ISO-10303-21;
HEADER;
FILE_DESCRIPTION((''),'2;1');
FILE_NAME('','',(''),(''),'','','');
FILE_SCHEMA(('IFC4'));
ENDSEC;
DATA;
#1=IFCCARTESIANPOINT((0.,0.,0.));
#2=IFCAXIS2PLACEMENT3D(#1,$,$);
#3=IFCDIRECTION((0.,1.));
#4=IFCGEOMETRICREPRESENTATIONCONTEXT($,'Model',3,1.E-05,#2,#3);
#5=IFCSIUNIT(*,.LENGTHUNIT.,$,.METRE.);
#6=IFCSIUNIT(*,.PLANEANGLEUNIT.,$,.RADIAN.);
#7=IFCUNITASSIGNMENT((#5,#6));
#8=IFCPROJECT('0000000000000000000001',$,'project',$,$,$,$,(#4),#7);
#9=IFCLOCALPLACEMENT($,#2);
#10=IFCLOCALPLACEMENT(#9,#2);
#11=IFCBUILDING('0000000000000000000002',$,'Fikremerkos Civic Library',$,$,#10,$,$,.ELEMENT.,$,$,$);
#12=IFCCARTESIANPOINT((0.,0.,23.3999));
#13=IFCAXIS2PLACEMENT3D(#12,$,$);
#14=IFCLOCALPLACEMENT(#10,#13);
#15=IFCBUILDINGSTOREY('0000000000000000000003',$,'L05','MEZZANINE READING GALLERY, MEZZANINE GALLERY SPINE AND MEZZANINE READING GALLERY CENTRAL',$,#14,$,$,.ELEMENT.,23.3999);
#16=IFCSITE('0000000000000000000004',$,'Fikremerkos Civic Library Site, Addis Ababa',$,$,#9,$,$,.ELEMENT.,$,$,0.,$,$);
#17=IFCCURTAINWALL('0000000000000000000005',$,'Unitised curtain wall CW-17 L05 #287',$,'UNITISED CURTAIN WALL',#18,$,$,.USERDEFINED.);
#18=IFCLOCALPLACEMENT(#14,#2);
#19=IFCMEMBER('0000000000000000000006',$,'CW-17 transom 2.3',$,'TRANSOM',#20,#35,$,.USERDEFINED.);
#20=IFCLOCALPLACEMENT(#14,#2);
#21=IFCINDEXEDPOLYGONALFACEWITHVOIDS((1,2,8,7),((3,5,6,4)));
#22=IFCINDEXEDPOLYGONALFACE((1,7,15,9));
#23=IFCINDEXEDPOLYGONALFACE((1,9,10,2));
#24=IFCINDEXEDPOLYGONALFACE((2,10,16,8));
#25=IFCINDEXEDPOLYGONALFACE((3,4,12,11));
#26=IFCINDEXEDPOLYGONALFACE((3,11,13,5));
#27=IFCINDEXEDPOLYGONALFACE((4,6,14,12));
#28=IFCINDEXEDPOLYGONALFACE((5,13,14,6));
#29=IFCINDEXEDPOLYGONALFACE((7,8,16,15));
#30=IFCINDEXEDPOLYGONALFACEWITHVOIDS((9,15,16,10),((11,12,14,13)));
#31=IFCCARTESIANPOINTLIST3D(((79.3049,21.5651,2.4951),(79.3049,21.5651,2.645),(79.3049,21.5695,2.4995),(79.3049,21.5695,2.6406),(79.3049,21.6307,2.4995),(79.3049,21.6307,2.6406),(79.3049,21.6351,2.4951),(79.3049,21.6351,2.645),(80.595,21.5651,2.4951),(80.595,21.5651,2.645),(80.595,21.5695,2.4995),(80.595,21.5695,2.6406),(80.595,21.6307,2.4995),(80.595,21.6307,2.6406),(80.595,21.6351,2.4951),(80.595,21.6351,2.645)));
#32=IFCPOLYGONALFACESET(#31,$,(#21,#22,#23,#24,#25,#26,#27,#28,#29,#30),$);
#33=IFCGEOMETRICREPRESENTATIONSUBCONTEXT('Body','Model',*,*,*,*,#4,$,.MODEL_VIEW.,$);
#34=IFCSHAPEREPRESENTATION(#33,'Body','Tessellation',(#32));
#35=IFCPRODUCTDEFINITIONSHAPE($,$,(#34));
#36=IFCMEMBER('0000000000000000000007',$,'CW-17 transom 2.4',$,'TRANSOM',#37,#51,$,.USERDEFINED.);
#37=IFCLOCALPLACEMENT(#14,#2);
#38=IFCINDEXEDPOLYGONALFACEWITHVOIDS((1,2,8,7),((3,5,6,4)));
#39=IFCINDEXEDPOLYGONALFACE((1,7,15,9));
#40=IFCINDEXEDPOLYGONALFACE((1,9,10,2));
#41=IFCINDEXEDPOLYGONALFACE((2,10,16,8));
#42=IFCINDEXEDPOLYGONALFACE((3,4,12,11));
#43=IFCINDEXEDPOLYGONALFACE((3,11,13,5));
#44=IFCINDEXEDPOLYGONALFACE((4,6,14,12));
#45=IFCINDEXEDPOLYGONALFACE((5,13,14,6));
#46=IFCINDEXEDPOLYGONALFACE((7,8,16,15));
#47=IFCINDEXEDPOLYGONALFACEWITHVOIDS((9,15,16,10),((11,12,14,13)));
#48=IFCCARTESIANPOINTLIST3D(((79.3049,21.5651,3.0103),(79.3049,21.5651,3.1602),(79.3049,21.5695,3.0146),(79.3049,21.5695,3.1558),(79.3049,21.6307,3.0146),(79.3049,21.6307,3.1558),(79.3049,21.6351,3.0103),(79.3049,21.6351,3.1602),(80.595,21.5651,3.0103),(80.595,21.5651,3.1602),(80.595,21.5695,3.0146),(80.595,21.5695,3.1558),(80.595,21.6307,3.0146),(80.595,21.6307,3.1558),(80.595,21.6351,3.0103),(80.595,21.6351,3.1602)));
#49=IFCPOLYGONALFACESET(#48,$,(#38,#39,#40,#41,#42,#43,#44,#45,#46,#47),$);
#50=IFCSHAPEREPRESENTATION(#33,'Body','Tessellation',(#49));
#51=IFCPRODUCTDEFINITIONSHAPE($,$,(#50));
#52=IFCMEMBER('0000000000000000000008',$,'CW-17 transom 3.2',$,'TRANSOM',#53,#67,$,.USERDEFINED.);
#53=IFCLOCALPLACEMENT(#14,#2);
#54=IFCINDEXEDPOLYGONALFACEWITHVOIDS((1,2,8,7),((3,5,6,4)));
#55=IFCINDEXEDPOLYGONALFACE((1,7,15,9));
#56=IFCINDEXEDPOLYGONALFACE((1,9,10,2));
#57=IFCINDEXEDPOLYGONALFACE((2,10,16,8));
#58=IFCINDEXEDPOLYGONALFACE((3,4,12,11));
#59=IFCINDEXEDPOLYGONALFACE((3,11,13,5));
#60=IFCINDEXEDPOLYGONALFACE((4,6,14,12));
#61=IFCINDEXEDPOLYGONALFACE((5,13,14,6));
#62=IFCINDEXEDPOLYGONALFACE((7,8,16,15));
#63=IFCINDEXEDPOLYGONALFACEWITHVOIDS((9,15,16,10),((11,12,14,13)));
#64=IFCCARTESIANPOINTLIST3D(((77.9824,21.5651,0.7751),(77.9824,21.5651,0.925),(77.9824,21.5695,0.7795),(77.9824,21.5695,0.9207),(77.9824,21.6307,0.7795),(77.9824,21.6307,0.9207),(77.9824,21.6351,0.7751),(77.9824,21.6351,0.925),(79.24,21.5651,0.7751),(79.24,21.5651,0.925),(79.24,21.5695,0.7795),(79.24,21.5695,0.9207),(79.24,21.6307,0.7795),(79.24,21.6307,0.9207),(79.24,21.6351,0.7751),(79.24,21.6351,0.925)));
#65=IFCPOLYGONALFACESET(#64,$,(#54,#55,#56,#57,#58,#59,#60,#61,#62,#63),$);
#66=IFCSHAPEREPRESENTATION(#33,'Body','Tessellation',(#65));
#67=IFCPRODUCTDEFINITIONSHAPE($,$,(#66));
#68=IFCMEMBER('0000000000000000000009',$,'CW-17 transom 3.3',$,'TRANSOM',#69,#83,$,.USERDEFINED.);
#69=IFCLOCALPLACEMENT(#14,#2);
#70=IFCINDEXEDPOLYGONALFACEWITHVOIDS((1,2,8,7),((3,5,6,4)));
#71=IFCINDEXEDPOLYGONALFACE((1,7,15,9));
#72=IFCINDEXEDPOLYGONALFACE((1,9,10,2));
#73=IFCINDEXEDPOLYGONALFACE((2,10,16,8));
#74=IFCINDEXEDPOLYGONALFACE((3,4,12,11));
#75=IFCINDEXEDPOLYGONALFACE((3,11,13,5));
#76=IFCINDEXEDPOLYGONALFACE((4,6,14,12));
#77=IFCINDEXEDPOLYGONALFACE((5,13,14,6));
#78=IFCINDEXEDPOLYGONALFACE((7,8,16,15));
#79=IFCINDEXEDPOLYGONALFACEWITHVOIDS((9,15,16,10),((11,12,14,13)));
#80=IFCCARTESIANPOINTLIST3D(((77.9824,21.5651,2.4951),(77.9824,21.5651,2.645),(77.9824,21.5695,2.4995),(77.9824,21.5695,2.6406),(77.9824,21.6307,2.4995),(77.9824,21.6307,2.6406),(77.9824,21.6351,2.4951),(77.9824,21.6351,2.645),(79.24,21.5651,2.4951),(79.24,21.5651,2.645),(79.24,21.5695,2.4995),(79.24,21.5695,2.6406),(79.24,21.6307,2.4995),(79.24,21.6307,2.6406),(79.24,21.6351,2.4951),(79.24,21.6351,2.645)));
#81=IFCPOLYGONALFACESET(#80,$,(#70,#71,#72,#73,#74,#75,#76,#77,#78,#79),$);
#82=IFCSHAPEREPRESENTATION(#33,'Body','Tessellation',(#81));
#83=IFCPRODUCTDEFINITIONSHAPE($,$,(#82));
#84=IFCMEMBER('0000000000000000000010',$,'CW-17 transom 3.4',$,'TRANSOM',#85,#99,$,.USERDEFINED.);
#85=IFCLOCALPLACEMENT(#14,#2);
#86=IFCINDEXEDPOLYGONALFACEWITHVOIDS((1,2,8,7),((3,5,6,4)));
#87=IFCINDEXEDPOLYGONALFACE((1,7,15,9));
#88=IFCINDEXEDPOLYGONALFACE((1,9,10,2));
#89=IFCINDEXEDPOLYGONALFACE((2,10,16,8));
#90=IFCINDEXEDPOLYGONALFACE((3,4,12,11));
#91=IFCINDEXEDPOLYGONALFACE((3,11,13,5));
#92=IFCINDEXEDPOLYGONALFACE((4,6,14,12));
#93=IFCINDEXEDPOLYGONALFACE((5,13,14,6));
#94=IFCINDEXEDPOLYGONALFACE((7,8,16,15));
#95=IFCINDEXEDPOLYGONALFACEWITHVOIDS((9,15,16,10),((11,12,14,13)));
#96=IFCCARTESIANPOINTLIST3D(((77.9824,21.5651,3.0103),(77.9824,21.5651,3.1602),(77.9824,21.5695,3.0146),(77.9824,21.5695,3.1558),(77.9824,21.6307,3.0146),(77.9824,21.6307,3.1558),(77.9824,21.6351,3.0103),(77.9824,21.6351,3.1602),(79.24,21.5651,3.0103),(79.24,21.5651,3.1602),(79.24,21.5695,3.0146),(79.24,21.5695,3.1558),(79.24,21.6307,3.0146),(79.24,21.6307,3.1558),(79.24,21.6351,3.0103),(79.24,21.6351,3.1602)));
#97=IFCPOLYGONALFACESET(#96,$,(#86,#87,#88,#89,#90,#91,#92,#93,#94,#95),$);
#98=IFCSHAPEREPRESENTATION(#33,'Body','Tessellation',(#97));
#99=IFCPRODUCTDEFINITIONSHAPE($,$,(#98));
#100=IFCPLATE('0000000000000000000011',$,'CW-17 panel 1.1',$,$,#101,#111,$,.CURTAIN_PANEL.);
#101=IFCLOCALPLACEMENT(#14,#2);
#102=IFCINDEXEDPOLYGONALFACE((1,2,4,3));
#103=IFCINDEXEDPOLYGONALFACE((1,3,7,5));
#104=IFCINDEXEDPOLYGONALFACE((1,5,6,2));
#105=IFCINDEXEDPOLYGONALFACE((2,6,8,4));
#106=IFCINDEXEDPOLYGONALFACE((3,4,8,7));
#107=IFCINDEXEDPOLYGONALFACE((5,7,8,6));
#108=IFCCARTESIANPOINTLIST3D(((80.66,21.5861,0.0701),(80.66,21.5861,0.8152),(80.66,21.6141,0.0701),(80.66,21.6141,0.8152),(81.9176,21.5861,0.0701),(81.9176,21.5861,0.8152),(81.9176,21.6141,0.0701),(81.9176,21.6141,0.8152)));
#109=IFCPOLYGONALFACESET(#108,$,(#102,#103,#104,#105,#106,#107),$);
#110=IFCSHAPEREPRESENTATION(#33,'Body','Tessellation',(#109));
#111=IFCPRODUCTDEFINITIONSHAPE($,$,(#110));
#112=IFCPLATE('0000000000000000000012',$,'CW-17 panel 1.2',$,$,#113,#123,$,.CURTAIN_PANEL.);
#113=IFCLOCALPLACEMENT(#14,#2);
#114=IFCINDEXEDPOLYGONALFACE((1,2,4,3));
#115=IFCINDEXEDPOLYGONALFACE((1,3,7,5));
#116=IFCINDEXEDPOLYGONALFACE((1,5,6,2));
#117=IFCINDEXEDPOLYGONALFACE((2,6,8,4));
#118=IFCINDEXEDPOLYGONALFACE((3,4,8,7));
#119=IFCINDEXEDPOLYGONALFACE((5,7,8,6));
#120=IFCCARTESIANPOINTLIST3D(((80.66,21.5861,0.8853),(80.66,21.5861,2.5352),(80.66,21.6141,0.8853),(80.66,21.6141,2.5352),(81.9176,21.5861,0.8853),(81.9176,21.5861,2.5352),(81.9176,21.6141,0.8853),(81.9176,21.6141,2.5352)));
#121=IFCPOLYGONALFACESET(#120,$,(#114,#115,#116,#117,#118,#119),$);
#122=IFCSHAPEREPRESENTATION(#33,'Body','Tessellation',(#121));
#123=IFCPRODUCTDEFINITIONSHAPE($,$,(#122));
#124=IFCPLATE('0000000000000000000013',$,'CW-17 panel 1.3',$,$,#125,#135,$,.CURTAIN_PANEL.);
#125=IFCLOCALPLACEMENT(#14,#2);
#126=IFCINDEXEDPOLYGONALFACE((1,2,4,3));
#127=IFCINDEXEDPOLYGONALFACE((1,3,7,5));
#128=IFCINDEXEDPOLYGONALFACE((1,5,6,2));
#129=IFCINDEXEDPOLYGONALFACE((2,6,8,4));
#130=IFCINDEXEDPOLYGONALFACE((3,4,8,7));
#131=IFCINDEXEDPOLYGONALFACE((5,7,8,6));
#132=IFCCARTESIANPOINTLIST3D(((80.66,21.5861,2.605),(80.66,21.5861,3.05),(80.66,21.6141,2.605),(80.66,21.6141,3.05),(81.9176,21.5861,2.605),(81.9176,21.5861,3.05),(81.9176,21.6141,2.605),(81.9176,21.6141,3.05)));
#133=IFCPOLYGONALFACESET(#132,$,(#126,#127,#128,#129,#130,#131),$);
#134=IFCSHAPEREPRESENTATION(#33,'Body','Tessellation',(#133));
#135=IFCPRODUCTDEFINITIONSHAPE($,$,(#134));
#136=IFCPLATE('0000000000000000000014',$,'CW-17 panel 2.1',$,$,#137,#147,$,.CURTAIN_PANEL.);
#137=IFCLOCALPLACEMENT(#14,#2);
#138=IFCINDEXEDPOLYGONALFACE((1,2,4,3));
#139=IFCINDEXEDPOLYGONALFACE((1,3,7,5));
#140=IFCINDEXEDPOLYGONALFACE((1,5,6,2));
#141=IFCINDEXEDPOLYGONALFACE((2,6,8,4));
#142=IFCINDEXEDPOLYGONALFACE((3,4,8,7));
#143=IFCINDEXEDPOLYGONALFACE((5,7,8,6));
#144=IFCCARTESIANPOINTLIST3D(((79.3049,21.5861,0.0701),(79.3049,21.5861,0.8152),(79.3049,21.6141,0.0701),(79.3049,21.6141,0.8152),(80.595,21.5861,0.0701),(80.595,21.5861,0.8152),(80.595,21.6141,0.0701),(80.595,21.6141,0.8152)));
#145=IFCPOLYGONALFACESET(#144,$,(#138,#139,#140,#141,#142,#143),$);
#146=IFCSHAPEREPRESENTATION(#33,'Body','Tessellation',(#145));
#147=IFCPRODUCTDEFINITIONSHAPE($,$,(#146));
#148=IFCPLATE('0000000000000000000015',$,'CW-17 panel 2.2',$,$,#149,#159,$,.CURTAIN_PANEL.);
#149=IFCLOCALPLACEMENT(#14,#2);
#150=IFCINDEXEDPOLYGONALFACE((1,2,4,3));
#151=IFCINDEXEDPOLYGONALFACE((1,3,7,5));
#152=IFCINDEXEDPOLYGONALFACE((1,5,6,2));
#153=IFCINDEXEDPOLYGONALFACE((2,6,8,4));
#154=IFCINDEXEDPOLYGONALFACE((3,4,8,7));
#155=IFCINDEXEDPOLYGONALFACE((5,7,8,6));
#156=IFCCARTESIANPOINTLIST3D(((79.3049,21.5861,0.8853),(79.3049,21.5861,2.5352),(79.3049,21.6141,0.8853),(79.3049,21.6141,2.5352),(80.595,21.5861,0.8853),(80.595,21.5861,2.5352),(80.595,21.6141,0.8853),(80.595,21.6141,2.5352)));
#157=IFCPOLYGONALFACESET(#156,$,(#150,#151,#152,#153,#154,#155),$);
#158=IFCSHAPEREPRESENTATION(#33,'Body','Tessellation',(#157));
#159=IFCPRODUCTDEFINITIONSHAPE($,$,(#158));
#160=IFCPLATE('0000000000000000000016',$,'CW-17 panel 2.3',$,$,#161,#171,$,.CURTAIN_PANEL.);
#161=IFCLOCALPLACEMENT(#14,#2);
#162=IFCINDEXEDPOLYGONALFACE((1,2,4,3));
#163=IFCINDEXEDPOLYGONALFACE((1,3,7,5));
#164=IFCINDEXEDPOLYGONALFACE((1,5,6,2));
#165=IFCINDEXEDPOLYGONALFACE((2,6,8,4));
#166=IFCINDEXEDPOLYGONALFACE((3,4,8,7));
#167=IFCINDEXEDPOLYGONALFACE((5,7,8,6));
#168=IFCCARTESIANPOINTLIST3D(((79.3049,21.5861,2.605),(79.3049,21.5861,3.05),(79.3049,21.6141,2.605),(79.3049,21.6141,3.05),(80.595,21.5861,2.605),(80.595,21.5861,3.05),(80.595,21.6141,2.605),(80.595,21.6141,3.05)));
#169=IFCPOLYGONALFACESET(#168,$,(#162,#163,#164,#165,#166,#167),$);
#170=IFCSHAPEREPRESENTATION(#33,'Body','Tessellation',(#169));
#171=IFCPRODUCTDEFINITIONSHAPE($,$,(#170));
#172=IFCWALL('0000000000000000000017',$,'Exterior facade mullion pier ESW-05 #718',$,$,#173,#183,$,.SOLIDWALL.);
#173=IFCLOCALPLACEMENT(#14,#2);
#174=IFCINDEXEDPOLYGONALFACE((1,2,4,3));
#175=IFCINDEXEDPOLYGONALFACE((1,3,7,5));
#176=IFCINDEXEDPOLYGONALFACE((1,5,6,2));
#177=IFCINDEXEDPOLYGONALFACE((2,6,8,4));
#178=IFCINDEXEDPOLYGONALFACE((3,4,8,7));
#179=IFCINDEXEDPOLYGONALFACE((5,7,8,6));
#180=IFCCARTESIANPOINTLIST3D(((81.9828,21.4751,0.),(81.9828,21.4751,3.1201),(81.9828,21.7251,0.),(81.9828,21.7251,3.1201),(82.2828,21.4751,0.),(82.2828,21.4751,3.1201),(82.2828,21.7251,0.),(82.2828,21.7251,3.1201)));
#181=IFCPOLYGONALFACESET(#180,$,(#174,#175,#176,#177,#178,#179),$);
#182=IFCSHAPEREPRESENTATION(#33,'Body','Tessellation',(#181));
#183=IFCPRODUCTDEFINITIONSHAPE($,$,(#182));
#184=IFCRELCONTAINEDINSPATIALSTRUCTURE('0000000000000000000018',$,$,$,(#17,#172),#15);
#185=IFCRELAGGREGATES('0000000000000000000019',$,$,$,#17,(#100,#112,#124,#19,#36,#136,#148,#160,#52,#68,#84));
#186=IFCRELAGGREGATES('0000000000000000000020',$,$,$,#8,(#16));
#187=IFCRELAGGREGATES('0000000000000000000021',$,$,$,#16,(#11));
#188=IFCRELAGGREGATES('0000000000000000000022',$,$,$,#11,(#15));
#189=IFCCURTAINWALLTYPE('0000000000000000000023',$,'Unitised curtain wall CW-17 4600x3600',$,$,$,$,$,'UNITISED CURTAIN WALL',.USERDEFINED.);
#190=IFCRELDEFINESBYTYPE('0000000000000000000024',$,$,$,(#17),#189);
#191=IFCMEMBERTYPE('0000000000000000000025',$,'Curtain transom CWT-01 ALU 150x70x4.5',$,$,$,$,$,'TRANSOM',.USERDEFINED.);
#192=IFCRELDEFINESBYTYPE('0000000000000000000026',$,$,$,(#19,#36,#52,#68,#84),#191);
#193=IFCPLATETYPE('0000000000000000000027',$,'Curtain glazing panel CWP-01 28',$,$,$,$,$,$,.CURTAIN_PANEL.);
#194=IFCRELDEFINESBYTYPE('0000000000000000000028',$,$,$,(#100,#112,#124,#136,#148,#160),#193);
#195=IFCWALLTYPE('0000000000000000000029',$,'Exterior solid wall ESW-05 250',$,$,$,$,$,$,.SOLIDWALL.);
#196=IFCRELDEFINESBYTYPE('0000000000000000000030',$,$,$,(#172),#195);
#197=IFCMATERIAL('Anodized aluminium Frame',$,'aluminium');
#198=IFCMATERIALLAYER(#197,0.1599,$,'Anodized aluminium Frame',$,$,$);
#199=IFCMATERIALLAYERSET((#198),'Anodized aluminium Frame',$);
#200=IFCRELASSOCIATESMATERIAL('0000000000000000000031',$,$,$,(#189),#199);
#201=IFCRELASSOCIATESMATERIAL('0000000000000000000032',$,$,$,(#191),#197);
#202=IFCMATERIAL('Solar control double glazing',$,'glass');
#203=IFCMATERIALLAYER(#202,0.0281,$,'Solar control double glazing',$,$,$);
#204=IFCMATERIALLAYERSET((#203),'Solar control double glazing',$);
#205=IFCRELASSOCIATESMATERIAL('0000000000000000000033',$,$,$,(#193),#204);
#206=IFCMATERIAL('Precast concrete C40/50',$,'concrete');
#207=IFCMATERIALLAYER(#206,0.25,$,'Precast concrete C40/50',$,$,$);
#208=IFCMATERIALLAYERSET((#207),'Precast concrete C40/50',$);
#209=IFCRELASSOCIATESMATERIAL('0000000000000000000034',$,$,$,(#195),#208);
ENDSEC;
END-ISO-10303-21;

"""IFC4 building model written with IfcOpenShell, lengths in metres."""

from ifc_helpers import new_model, si_unit, direction, frame, frame_2d, origin, origin_2d, place, context, subcontext, project, spatial, rectangle, hollow_rectangle, extrude, material, layer, layer_set, material_profile, profile_set, type_object, element, aggregate, save


model = new_model("IFC4")

# Units and contexts
model_context = context("Model", 3, precision=1e-05, world=origin(), true_north=direction((0.0, 1.0)))
body_context = subcontext(model_context, "Body", "Model", "MODEL_VIEW")
ifc_project = project(units=[si_unit("LENGTHUNIT", "METRE"), si_unit("PLANEANGLEUNIT", "RADIAN")], contexts=[model_context])

# Site, building, storey
site_placement = place(None, origin())
site = spatial("IfcSite", under=ifc_project, at=site_placement, Name="Fikremerkos Civic Library Site, Addis Ababa", CompositionType="ELEMENT", RefElevation=0.0)
building_placement = place(site_placement, origin())
building = spatial("IfcBuilding", under=site, at=building_placement, Name="Fikremerkos Civic Library", CompositionType="ELEMENT")
storey_placement = place(building_placement, frame((0.0, 0.0, 23.3999)))
storey = spatial("IfcBuildingStorey", under=building, at=storey_placement, Name="L05", Description="MEZZANINE READING GALLERY, MEZZANINE GALLERY SPINE AND MEZZANINE READING GALLERY CENTRAL", CompositionType="ELEMENT", Elevation=23.3999)

# Curtain wall
ifc_material_1 = material(Name="Anodized aluminium Frame", Category="aluminium")
ifc_layer_1 = layer(ifc_material_1, 0.1599, Name="Anodized aluminium Frame")
ifc_layer_set_1 = layer_set([ifc_layer_1], Name="Anodized aluminium Frame")
curtain_wall_type_1 = type_object("IfcCurtainWallType", Name="Unitised curtain wall CW-17 4600x3600", ElementType="UNITISED CURTAIN WALL", PredefinedType="USERDEFINED", material=ifc_layer_set_1)
curtain_wall_1_placement = place(storey_placement, origin())
curtain_wall_1 = element("IfcCurtainWall", 1, at=curtain_wall_1_placement, inside=storey, type_object=curtain_wall_type_1, Name="Unitised curtain wall CW-17 L05 #287", ObjectType="UNITISED CURTAIN WALL", PredefinedType="USERDEFINED")

# Members
ifc_material_profile_1 = material_profile(ifc_material_1, hollow_rectangle(XDim=0.0701, YDim=0.1499, WallThickness=0.0044, at=origin_2d()), Name="ALU 150x70x4.5")
ifc_profile_set_1 = profile_set([ifc_material_profile_1], Name="Anodized aluminium Frame")
member_type_1 = type_object("IfcMemberType", Name="Curtain transom CWT-01 ALU 150x70x4.5", ElementType="TRANSOM", PredefinedType="USERDEFINED", material=ifc_profile_set_1)
member_1_placement = place(storey_placement, frame((80.595, 21.6001, 2.5701), z_axis=(-1.0, 0.0, 0.0), x_axis=(0.0, -1.0, 0.0)))
member_1 = element("IfcMember", 2, at=member_1_placement, type_object=member_type_1, Name="CW-17 transom 2.3", ObjectType="TRANSOM", PredefinedType="USERDEFINED", context=body_context, shape_type="SweptSolid", body=[
    extrude(hollow_rectangle(XDim=0.0701, YDim=0.1499, WallThickness=0.0044, at=origin_2d()), origin(), (0.0, 0.0, 1.0), 1.29),
])
member_2_placement = place(storey_placement, frame((80.595, 21.6001, 3.0852), z_axis=(-1.0, 0.0, 0.0), x_axis=(0.0, -1.0, 0.0)))
member_2 = element("IfcMember", 3, at=member_2_placement, type_object=member_type_1, Name="CW-17 transom 2.4", ObjectType="TRANSOM", PredefinedType="USERDEFINED", context=body_context, shape_type="SweptSolid", body=[
    extrude(hollow_rectangle(XDim=0.0701, YDim=0.1499, WallThickness=0.0044, at=origin_2d()), origin(), (0.0, 0.0, 1.0), 1.29),
])
member_3_placement = place(storey_placement, frame((79.24, 21.6001, 0.8501), z_axis=(-1.0, 0.0, 0.0), x_axis=(0.0, -1.0, 0.0)))
member_3 = element("IfcMember", 4, at=member_3_placement, type_object=member_type_1, Name="CW-17 transom 3.2", ObjectType="TRANSOM", PredefinedType="USERDEFINED", context=body_context, shape_type="SweptSolid", body=[
    extrude(hollow_rectangle(XDim=0.0701, YDim=0.1499, WallThickness=0.0044, at=origin_2d()), origin(), (0.0, 0.0, 1.0), 1.2576),
])
member_4_placement = place(storey_placement, frame((79.24, 21.6001, 2.5701), z_axis=(-1.0, 0.0, 0.0), x_axis=(0.0, -1.0, 0.0)))
member_4 = element("IfcMember", 5, at=member_4_placement, type_object=member_type_1, Name="CW-17 transom 3.3", ObjectType="TRANSOM", PredefinedType="USERDEFINED", context=body_context, shape_type="SweptSolid", body=[
    extrude(hollow_rectangle(XDim=0.0701, YDim=0.1499, WallThickness=0.0044, at=origin_2d()), origin(), (0.0, 0.0, 1.0), 1.2576),
])
member_5_placement = place(storey_placement, frame((79.24, 21.6001, 3.0852), z_axis=(-1.0, 0.0, 0.0), x_axis=(0.0, -1.0, 0.0)))
member_5 = element("IfcMember", 6, at=member_5_placement, type_object=member_type_1, Name="CW-17 transom 3.4", ObjectType="TRANSOM", PredefinedType="USERDEFINED", context=body_context, shape_type="SweptSolid", body=[
    extrude(hollow_rectangle(XDim=0.0701, YDim=0.1499, WallThickness=0.0044, at=origin_2d()), origin(), (0.0, 0.0, 1.0), 1.2576),
])

# Plates
ifc_material_2 = material(Name="Solar control double glazing", Category="glass")
ifc_layer_2 = layer(ifc_material_2, 0.0281, Name="Solar control double glazing")
ifc_layer_set_2 = layer_set([ifc_layer_2], Name="Solar control double glazing")
plate_type = type_object("IfcPlateType", Name="Curtain glazing panel CWP-01 28", PredefinedType="CURTAIN_PANEL", material=ifc_layer_set_2)
plate_1_placement = place(storey_placement, frame((81.2888, 21.6001, 0.0701), z_axis=(0.0, 0.0, 1.0), x_axis=(-1.0, 0.0, 0.0)))
plate_1 = element("IfcPlate", 7, at=plate_1_placement, type_object=plate_type, Name="CW-17 panel 1.1", PredefinedType="CURTAIN_PANEL", context=body_context, shape_type="SweptSolid", body=[
    extrude(rectangle(XDim=1.2576, YDim=0.0281, at=origin_2d()), origin(), (0.0, 0.0, 1.0), 0.7451),
])
plate_2_placement = place(storey_placement, frame((81.2888, 21.6001, 0.8853), z_axis=(0.0, 0.0, 1.0), x_axis=(-1.0, 0.0, 0.0)))
plate_2 = element("IfcPlate", 8, at=plate_2_placement, type_object=plate_type, Name="CW-17 panel 1.2", PredefinedType="CURTAIN_PANEL", context=body_context, shape_type="SweptSolid", body=[
    extrude(rectangle(XDim=1.2576, YDim=0.0281, at=origin_2d()), origin(), (0.0, 0.0, 1.0), 1.6499),
])
plate_3_placement = place(storey_placement, frame((81.2888, 21.6001, 2.605), z_axis=(0.0, 0.0, 1.0), x_axis=(-1.0, 0.0, 0.0)))
plate_3 = element("IfcPlate", 9, at=plate_3_placement, type_object=plate_type, Name="CW-17 panel 1.3", PredefinedType="CURTAIN_PANEL", context=body_context, shape_type="SweptSolid", body=[
    extrude(rectangle(XDim=1.2576, YDim=0.0281, at=origin_2d()), origin(), (0.0, 0.0, 1.0), 0.4451),
])
plate_4_placement = place(storey_placement, frame((79.95, 21.6001, 0.0701), z_axis=(0.0, 0.0, 1.0), x_axis=(-1.0, 0.0, 0.0)))
plate_4 = element("IfcPlate", 10, at=plate_4_placement, type_object=plate_type, Name="CW-17 panel 2.1", PredefinedType="CURTAIN_PANEL", context=body_context, shape_type="SweptSolid", body=[
    extrude(rectangle(XDim=1.29, YDim=0.0281, at=origin_2d()), origin(), (0.0, 0.0, 1.0), 0.7451),
])
plate_5_placement = place(storey_placement, frame((79.95, 21.6001, 0.8853), z_axis=(0.0, 0.0, 1.0), x_axis=(-1.0, 0.0, 0.0)))
plate_5 = element("IfcPlate", 11, at=plate_5_placement, type_object=plate_type, Name="CW-17 panel 2.2", PredefinedType="CURTAIN_PANEL", context=body_context, shape_type="SweptSolid", body=[
    extrude(rectangle(XDim=1.29, YDim=0.0281, at=origin_2d()), origin(), (0.0, 0.0, 1.0), 1.6499),
])
plate_6_placement = place(storey_placement, frame((79.95, 21.6001, 2.605), z_axis=(0.0, 0.0, 1.0), x_axis=(-1.0, 0.0, 0.0)))
plate_6 = element("IfcPlate", 12, at=plate_6_placement, type_object=plate_type, Name="CW-17 panel 2.3", PredefinedType="CURTAIN_PANEL", context=body_context, shape_type="SweptSolid", body=[
    extrude(rectangle(XDim=1.29, YDim=0.0281, at=origin_2d()), origin(), (0.0, 0.0, 1.0), 0.4451),
])
aggregate(curtain_wall_1, [plate_1, plate_2, plate_3, member_1, member_2, plate_4, plate_5, plate_6, member_3, member_4, member_5])

# Wall
ifc_material_3 = material(Name="Precast concrete C40/50", Category="concrete")
ifc_layer_3 = layer(ifc_material_3, 0.25, Name="Precast concrete C40/50")
ifc_layer_set_3 = layer_set([ifc_layer_3], Name="Precast concrete C40/50")
wall_type = type_object("IfcWallType", Name="Exterior solid wall ESW-05 250", PredefinedType="SOLIDWALL", material=ifc_layer_set_3)
wall_placement = place(storey_placement, frame((82.2827, 21.6001, 0.0), z_axis=(0.0, 0.0, 1.0), x_axis=(-1.0, 0.0, 0.0)))
element("IfcWall", 13, at=wall_placement, inside=storey, type_object=wall_type, Name="Exterior facade mullion pier ESW-05 #718", PredefinedType="SOLIDWALL", context=body_context, shape_type="SweptSolid", body=[
    extrude(rectangle(XDim=0.3, YDim=0.25, at=frame_2d((0.1499, 0.0))), origin(), (0.0, 0.0, 1.0), 3.1201),
])

save(model, "model.ifc")
